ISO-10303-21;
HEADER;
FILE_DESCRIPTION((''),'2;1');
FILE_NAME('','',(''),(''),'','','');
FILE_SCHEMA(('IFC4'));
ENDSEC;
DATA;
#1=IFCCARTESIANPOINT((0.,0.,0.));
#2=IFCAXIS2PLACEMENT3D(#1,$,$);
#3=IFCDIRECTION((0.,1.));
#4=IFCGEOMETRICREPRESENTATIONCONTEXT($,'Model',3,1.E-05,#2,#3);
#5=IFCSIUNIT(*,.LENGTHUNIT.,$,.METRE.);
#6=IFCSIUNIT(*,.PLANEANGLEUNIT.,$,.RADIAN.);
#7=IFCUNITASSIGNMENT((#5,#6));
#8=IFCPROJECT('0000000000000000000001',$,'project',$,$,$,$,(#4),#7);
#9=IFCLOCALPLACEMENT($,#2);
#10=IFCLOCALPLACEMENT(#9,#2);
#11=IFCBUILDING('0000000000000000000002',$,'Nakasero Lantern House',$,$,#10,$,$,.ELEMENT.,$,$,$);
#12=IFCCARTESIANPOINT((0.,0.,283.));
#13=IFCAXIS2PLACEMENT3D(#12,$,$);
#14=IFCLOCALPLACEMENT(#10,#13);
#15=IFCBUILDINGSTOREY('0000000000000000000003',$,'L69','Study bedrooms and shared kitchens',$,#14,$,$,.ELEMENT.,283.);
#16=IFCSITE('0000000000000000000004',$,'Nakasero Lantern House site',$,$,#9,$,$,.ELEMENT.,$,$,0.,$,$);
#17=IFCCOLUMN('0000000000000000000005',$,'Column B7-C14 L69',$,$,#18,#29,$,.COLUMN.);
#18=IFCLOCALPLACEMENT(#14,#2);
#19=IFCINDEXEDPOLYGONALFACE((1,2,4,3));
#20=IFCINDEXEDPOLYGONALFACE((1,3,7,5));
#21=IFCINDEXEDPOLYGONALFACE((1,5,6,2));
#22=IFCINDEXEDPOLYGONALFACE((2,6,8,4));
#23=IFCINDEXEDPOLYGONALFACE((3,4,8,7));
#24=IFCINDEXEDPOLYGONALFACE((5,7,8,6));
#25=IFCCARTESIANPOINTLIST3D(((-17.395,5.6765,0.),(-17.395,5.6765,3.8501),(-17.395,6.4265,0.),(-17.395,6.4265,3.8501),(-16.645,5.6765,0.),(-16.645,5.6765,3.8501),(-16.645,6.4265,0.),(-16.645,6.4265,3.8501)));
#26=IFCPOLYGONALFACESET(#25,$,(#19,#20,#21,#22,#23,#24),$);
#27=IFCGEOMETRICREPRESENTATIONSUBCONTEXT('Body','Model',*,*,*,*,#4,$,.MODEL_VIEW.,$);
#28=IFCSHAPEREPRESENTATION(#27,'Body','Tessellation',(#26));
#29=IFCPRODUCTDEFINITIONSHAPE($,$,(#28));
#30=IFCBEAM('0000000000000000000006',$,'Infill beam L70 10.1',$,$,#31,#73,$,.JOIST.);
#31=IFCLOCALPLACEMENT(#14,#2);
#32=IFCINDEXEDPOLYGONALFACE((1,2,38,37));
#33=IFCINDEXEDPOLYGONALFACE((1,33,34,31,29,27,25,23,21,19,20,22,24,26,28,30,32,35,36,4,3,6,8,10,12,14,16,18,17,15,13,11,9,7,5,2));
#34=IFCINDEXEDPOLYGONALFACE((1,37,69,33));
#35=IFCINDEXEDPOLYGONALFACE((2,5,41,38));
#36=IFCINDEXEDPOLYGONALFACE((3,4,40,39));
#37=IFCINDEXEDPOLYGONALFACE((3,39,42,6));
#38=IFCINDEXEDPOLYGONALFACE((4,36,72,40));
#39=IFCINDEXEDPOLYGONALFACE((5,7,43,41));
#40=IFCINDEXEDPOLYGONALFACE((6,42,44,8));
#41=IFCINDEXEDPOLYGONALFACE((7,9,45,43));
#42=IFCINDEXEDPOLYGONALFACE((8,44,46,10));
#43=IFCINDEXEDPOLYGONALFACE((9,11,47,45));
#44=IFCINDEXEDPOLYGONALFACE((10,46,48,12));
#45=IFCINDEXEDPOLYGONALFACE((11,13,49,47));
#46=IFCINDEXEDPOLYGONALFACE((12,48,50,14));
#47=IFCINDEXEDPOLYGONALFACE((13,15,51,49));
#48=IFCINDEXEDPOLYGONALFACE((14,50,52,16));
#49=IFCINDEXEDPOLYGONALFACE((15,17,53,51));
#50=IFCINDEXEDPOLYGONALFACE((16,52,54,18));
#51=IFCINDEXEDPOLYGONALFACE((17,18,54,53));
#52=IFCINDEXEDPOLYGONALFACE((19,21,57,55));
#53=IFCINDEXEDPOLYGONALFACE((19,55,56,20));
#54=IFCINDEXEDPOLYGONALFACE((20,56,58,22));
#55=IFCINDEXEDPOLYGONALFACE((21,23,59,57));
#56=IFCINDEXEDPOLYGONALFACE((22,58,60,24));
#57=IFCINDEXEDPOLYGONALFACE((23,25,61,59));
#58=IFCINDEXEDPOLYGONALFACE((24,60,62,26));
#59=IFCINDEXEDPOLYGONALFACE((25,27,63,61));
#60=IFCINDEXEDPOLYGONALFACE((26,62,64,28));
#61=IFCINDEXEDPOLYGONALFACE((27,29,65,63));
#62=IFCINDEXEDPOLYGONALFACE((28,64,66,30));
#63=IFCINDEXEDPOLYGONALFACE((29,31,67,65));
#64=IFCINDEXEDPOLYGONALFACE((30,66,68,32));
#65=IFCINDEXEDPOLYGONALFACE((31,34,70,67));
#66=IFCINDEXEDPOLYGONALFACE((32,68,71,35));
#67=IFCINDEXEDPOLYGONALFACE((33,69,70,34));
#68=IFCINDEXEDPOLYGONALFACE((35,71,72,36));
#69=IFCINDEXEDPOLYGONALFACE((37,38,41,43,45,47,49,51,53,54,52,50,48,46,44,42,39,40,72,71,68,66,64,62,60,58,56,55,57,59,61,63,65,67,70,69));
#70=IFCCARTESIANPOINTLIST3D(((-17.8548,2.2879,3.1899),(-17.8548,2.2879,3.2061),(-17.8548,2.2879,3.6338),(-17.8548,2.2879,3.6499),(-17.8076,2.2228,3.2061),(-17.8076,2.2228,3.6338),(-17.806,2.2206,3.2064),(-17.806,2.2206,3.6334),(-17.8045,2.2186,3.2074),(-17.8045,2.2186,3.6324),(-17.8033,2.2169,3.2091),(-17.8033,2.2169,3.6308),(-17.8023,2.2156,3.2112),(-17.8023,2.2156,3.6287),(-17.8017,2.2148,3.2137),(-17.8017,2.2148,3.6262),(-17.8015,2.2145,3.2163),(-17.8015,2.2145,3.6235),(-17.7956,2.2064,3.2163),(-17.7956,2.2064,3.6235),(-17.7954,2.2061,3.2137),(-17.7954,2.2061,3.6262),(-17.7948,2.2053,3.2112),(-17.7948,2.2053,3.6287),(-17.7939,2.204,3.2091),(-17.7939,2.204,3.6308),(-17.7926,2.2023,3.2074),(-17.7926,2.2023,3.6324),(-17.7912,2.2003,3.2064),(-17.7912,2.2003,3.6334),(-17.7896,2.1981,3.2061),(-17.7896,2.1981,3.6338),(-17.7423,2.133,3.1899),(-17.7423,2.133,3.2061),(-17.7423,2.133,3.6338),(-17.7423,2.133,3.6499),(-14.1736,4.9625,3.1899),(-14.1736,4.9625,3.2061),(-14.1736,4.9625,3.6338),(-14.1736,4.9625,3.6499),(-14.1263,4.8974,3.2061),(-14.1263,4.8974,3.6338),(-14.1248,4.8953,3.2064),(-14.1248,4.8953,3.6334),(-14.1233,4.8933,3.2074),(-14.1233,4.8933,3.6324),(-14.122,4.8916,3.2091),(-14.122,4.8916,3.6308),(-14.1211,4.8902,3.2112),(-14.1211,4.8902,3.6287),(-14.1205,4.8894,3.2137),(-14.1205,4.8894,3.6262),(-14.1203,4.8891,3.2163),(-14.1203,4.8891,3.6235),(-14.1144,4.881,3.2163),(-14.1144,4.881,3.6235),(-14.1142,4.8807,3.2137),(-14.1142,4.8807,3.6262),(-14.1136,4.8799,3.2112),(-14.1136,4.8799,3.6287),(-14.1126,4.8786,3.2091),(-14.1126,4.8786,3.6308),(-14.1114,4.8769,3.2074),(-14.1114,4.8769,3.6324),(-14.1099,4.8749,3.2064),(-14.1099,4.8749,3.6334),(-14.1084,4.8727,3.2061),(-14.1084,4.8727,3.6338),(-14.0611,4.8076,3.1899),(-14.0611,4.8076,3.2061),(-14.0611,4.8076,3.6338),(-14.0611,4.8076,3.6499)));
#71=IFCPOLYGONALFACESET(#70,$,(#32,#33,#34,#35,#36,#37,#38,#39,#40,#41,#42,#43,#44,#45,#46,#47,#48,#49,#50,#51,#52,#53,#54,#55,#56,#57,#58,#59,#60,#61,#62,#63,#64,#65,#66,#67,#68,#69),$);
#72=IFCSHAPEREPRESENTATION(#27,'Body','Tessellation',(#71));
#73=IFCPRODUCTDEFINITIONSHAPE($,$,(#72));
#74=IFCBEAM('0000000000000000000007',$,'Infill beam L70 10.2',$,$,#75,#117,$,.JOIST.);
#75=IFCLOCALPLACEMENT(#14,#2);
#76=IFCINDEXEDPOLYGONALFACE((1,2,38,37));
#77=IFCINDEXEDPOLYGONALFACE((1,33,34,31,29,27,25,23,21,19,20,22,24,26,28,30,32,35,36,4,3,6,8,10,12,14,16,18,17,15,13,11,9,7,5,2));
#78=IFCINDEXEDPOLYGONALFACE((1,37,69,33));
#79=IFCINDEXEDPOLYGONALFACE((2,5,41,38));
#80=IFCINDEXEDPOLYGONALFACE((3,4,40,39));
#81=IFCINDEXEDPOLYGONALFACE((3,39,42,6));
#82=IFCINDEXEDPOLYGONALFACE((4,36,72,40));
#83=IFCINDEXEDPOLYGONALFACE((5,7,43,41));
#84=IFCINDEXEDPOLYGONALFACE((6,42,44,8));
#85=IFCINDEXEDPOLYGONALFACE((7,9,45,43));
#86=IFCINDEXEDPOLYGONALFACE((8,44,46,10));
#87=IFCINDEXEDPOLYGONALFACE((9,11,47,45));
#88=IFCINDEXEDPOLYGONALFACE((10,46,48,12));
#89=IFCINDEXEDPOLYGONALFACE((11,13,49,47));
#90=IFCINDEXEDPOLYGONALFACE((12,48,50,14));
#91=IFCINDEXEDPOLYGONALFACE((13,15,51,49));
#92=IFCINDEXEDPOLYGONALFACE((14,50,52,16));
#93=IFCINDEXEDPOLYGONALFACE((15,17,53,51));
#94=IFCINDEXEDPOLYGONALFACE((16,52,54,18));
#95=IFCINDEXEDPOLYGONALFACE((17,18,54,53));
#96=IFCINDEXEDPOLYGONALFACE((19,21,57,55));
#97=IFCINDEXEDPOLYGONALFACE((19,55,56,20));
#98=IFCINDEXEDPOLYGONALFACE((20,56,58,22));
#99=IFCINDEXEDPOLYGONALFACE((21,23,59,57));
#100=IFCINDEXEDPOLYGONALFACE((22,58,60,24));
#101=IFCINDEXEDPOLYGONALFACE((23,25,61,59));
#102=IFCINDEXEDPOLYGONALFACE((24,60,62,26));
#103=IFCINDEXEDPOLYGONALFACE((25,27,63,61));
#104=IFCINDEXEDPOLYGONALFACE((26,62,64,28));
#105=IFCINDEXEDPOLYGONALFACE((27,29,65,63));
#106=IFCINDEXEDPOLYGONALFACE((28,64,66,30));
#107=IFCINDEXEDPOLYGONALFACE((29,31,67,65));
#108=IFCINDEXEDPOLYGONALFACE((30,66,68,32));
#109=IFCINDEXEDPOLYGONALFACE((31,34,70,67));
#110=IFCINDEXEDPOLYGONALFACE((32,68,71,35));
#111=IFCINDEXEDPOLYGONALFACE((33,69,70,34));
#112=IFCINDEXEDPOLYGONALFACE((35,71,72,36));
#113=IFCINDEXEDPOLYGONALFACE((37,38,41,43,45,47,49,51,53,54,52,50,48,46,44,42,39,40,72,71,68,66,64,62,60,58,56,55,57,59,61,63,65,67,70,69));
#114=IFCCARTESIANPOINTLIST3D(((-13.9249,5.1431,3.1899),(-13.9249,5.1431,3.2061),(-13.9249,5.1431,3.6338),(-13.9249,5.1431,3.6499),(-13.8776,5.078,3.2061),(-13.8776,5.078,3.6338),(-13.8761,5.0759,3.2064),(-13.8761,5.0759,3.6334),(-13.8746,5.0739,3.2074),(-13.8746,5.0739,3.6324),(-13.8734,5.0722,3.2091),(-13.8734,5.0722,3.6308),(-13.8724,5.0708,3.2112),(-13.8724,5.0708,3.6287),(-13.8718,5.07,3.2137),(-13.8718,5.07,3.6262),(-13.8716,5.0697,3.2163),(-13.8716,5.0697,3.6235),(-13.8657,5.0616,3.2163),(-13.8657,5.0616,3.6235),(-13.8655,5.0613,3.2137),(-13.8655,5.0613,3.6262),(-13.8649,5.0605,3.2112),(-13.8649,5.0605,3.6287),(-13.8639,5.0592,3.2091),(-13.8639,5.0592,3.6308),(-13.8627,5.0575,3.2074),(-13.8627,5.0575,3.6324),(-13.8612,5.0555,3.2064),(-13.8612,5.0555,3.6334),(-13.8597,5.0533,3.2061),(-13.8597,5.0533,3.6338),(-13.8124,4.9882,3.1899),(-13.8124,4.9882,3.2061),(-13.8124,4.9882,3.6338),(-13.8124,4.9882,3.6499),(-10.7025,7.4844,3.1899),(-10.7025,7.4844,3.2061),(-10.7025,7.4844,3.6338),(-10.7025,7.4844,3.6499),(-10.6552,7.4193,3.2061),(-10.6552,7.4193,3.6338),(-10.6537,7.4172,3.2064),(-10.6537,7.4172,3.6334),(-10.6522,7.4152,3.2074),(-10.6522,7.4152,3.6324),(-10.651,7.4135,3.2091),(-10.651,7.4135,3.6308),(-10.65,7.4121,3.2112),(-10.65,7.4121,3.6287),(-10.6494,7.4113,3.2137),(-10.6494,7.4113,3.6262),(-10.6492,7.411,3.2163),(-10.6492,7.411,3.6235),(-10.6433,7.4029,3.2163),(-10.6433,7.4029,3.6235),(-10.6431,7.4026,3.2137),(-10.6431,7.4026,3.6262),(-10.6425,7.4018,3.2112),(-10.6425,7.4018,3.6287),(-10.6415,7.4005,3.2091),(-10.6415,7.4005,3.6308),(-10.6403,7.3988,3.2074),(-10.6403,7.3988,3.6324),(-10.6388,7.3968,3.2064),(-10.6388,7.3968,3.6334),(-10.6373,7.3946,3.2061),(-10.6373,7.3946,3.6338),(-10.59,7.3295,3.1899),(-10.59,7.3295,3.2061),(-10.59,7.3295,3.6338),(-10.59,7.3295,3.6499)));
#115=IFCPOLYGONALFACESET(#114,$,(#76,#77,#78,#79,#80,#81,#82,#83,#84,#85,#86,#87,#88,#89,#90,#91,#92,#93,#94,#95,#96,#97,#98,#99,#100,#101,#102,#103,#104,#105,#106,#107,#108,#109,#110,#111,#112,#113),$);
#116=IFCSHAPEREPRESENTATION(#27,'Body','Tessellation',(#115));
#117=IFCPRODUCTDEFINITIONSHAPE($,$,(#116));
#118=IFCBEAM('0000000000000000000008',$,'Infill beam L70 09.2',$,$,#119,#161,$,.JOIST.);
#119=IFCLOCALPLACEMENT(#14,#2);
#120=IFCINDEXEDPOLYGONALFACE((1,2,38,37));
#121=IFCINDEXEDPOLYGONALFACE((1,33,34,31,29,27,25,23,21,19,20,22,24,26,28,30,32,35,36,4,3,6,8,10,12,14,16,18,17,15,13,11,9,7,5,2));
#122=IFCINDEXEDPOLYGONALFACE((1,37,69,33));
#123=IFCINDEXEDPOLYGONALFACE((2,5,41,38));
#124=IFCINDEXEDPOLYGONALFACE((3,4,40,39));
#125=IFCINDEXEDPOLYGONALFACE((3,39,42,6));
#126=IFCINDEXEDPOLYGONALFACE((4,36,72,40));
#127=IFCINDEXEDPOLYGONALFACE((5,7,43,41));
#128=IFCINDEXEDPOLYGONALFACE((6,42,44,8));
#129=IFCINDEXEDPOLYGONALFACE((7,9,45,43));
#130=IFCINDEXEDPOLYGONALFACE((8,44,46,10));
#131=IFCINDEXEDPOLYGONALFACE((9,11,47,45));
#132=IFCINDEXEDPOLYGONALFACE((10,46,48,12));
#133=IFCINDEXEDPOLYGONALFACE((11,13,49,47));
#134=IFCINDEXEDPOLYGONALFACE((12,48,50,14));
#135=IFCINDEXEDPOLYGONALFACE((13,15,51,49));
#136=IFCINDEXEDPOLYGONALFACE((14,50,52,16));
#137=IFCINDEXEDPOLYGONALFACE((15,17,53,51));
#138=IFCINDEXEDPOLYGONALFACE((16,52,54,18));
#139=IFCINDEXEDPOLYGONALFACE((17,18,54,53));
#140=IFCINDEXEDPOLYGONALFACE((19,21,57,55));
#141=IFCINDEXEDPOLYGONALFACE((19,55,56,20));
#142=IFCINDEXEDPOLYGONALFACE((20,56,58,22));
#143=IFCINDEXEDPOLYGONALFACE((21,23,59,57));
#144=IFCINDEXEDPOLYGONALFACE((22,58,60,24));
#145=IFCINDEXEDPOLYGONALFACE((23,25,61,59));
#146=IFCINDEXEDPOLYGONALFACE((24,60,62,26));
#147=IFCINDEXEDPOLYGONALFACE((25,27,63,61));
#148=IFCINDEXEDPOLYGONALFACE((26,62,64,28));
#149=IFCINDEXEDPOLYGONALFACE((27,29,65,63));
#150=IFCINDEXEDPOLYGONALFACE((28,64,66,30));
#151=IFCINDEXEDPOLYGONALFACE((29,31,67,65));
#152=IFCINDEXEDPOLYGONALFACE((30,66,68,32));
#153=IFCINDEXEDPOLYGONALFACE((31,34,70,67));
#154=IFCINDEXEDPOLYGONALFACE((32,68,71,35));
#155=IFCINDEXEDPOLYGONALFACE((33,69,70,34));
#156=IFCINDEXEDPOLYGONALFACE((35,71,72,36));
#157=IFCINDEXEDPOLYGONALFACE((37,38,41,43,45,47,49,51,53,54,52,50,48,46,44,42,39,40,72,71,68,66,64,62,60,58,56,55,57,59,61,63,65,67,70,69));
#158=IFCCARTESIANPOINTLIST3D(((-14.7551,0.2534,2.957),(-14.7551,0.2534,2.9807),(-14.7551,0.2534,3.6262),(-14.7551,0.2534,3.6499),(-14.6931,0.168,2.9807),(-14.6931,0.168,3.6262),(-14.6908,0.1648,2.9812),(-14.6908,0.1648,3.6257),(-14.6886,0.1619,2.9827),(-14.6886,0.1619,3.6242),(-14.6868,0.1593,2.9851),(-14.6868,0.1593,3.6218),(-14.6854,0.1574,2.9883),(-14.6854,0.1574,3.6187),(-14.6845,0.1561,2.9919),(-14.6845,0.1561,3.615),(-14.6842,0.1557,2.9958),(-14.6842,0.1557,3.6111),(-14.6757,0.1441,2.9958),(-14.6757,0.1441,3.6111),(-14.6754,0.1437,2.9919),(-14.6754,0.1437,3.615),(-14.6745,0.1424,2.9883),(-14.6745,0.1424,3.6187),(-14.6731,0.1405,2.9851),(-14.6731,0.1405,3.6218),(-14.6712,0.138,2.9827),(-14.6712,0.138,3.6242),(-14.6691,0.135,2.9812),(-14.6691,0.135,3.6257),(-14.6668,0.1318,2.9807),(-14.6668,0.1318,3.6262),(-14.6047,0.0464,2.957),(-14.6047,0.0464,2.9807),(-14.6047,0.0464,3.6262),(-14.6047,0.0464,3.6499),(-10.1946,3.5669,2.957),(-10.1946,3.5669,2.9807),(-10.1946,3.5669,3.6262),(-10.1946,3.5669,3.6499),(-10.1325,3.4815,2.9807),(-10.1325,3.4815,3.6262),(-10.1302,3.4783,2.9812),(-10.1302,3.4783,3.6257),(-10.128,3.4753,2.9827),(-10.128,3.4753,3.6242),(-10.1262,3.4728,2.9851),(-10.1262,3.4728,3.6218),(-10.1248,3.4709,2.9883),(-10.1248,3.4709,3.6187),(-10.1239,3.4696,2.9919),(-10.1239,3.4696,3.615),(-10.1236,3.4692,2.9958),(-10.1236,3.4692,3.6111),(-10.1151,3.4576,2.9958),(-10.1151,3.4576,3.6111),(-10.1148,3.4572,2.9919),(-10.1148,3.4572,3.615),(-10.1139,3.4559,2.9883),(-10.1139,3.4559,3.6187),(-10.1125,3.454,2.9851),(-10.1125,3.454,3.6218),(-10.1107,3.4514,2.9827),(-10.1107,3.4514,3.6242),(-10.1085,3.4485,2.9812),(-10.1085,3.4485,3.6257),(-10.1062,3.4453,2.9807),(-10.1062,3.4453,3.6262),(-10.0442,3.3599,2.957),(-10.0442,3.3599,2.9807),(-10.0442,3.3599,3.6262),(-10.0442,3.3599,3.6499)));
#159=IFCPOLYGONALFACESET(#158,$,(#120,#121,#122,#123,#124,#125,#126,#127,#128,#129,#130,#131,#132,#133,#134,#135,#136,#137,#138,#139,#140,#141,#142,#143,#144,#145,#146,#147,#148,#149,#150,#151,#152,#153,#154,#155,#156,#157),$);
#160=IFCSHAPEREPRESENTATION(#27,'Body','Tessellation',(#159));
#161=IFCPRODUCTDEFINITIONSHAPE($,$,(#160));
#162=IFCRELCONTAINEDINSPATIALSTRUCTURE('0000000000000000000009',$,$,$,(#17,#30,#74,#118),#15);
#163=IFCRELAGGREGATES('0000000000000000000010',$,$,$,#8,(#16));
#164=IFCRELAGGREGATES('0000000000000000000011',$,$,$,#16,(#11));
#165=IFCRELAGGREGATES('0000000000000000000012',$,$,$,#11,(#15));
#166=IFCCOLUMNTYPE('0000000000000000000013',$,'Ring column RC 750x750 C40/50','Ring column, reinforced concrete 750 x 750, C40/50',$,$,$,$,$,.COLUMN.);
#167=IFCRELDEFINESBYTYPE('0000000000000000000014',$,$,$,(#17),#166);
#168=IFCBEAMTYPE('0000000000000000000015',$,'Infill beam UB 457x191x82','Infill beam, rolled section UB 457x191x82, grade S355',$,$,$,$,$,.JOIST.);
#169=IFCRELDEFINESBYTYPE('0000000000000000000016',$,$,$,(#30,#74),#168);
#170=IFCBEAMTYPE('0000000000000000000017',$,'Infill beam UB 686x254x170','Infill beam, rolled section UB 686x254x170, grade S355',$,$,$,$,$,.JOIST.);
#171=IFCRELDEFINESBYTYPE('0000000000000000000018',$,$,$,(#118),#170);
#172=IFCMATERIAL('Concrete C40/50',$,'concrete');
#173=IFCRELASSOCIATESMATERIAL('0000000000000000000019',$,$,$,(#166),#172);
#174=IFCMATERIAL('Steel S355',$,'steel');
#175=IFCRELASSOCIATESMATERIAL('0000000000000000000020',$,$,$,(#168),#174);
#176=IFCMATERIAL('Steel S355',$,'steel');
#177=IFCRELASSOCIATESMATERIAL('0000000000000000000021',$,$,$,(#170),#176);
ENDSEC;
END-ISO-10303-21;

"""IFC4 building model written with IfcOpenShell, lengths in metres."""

from ifc_helpers import new_model, si_unit, direction, frame, origin, origin_2d, place, context, subcontext, project, spatial, rectangle, i_section, extrude, material, material_profile, profile_set, type_object, element, save


model = new_model("IFC4")

# Units and contexts
model_context = context("Model", 3, precision=1e-05, world=origin(), true_north=direction((0.0, 1.0)))
body_context = subcontext(model_context, "Body", "Model", "MODEL_VIEW")
ifc_project = project(units=[si_unit("LENGTHUNIT", "METRE"), si_unit("PLANEANGLEUNIT", "RADIAN")], contexts=[model_context])

# Site, building, storey
site_placement = place(None, origin())
site = spatial("IfcSite", under=ifc_project, at=site_placement, Name="Nakasero Lantern House site", CompositionType="ELEMENT", RefElevation=0.0)
building_placement = place(site_placement, origin())
building = spatial("IfcBuilding", under=site, at=building_placement, Name="Nakasero Lantern House", CompositionType="ELEMENT")
storey_placement = place(building_placement, frame((0.0, 0.0, 283.0)))
storey = spatial("IfcBuildingStorey", under=building, at=storey_placement, Name="L69", Description="Study bedrooms and shared kitchens", CompositionType="ELEMENT", Elevation=283.0)

# Column
ifc_material_1 = material(Name="Concrete C40/50", Category="concrete")
ifc_material_profile_1 = material_profile(ifc_material_1, rectangle(XDim=0.75, YDim=0.75, at=origin_2d()), Name="RC 750x750")
ifc_profile_set_1 = profile_set([ifc_material_profile_1], Name="Concrete C40/50")
column_type = type_object("IfcColumnType", Name="Ring column RC 750x750 C40/50", Description="Ring column, reinforced concrete 750 x 750, C40/50", PredefinedType="COLUMN", material=ifc_profile_set_1)
column_placement = place(storey_placement, frame((-17.02, 6.0515, 0.0), z_axis=(0.0, 0.0, 1.0), x_axis=(1.0, 0.0, 0.0)))
element("IfcColumn", 1, at=column_placement, inside=storey, type_object=column_type, Name="Column B7-C14 L69", PredefinedType="COLUMN", context=body_context, shape_type="SweptSolid", body=[
    extrude(rectangle(XDim=0.75, YDim=0.75, at=origin_2d()), origin(), (0.0, 0.0, 1.0), 3.8501),
])

# Beams
ifc_material_2 = material(Name="Steel S355", Category="steel")
ifc_material_profile_2 = material_profile(ifc_material_2, i_section(OverallWidth=0.1914, OverallDepth=0.46, WebThickness=0.01, FlangeThickness=0.0161, FilletRadius=0.0103, at=origin_2d()), Name="UB 457x191x82")
ifc_profile_set_2 = profile_set([ifc_material_profile_2], Name="Steel S355")
beam_type_1 = type_object("IfcBeamType", Name="Infill beam UB 457x191x82", Description="Infill beam, rolled section UB 457x191x82, grade S355", PredefinedType="JOIST", material=ifc_profile_set_2)
beam_1_placement = place(storey_placement, frame((-17.7986, 2.2104, 3.4199), z_axis=(0.809012, 0.587792, 0.0), x_axis=(-0.587792, 0.809012, 0.0)))
element("IfcBeam", 2, at=beam_1_placement, inside=storey, type_object=beam_type_1, Name="Infill beam L70 10.1", PredefinedType="JOIST", context=body_context, shape_type="SweptSolid", body=[
    extrude(i_section(OverallWidth=0.1914, OverallDepth=0.46, WebThickness=0.01, FlangeThickness=0.0161, FilletRadius=0.0103, at=origin_2d()), origin(), (0.0, 0.0, 1.0), 4.5503),
])
beam_2_placement = place(storey_placement, frame((-13.8687, 5.0657, 3.4199), z_axis=(0.809006, 0.5878, 0.0), x_axis=(-0.5878, 0.809006, 0.0)))
element("IfcBeam", 3, at=beam_2_placement, inside=storey, type_object=beam_type_1, Name="Infill beam L70 10.2", PredefinedType="JOIST", context=body_context, shape_type="SweptSolid", body=[
    extrude(i_section(OverallWidth=0.1914, OverallDepth=0.46, WebThickness=0.01, FlangeThickness=0.0161, FilletRadius=0.0103, at=origin_2d()), origin(), (0.0, 0.0, 1.0), 3.9832),
])
ifc_material_3 = material(Name="Steel S355", Category="steel")
ifc_material_profile_3 = material_profile(ifc_material_3, i_section(OverallWidth=0.2559, OverallDepth=0.6929, WebThickness=0.0144, FlangeThickness=0.0237, FilletRadius=0.0151, at=origin_2d()), Name="UB 686x254x170")
ifc_profile_set_3 = profile_set([ifc_material_profile_3], Name="Steel S355")
beam_type_2 = type_object("IfcBeamType", Name="Infill beam UB 686x254x170", Description="Infill beam, rolled section UB 686x254x170, grade S355", PredefinedType="JOIST", material=ifc_profile_set_3)
beam_3_placement = place(storey_placement, frame((-14.6799, 0.1499, 3.3035), z_axis=(0.809013, 0.587791, 0.0), x_axis=(-0.587791, 0.809013, 0.0)))
element("IfcBeam", 4, at=beam_3_placement, inside=storey, type_object=beam_type_2, Name="Infill beam L70 09.2", PredefinedType="JOIST", context=body_context, shape_type="SweptSolid", body=[
    extrude(i_section(OverallWidth=0.2559, OverallDepth=0.6929, WebThickness=0.0144, FlangeThickness=0.0237, FilletRadius=0.0151, at=origin_2d()), origin(), (0.0, 0.0, 1.0), 5.6372),
])

save(model, "model.ifc")
